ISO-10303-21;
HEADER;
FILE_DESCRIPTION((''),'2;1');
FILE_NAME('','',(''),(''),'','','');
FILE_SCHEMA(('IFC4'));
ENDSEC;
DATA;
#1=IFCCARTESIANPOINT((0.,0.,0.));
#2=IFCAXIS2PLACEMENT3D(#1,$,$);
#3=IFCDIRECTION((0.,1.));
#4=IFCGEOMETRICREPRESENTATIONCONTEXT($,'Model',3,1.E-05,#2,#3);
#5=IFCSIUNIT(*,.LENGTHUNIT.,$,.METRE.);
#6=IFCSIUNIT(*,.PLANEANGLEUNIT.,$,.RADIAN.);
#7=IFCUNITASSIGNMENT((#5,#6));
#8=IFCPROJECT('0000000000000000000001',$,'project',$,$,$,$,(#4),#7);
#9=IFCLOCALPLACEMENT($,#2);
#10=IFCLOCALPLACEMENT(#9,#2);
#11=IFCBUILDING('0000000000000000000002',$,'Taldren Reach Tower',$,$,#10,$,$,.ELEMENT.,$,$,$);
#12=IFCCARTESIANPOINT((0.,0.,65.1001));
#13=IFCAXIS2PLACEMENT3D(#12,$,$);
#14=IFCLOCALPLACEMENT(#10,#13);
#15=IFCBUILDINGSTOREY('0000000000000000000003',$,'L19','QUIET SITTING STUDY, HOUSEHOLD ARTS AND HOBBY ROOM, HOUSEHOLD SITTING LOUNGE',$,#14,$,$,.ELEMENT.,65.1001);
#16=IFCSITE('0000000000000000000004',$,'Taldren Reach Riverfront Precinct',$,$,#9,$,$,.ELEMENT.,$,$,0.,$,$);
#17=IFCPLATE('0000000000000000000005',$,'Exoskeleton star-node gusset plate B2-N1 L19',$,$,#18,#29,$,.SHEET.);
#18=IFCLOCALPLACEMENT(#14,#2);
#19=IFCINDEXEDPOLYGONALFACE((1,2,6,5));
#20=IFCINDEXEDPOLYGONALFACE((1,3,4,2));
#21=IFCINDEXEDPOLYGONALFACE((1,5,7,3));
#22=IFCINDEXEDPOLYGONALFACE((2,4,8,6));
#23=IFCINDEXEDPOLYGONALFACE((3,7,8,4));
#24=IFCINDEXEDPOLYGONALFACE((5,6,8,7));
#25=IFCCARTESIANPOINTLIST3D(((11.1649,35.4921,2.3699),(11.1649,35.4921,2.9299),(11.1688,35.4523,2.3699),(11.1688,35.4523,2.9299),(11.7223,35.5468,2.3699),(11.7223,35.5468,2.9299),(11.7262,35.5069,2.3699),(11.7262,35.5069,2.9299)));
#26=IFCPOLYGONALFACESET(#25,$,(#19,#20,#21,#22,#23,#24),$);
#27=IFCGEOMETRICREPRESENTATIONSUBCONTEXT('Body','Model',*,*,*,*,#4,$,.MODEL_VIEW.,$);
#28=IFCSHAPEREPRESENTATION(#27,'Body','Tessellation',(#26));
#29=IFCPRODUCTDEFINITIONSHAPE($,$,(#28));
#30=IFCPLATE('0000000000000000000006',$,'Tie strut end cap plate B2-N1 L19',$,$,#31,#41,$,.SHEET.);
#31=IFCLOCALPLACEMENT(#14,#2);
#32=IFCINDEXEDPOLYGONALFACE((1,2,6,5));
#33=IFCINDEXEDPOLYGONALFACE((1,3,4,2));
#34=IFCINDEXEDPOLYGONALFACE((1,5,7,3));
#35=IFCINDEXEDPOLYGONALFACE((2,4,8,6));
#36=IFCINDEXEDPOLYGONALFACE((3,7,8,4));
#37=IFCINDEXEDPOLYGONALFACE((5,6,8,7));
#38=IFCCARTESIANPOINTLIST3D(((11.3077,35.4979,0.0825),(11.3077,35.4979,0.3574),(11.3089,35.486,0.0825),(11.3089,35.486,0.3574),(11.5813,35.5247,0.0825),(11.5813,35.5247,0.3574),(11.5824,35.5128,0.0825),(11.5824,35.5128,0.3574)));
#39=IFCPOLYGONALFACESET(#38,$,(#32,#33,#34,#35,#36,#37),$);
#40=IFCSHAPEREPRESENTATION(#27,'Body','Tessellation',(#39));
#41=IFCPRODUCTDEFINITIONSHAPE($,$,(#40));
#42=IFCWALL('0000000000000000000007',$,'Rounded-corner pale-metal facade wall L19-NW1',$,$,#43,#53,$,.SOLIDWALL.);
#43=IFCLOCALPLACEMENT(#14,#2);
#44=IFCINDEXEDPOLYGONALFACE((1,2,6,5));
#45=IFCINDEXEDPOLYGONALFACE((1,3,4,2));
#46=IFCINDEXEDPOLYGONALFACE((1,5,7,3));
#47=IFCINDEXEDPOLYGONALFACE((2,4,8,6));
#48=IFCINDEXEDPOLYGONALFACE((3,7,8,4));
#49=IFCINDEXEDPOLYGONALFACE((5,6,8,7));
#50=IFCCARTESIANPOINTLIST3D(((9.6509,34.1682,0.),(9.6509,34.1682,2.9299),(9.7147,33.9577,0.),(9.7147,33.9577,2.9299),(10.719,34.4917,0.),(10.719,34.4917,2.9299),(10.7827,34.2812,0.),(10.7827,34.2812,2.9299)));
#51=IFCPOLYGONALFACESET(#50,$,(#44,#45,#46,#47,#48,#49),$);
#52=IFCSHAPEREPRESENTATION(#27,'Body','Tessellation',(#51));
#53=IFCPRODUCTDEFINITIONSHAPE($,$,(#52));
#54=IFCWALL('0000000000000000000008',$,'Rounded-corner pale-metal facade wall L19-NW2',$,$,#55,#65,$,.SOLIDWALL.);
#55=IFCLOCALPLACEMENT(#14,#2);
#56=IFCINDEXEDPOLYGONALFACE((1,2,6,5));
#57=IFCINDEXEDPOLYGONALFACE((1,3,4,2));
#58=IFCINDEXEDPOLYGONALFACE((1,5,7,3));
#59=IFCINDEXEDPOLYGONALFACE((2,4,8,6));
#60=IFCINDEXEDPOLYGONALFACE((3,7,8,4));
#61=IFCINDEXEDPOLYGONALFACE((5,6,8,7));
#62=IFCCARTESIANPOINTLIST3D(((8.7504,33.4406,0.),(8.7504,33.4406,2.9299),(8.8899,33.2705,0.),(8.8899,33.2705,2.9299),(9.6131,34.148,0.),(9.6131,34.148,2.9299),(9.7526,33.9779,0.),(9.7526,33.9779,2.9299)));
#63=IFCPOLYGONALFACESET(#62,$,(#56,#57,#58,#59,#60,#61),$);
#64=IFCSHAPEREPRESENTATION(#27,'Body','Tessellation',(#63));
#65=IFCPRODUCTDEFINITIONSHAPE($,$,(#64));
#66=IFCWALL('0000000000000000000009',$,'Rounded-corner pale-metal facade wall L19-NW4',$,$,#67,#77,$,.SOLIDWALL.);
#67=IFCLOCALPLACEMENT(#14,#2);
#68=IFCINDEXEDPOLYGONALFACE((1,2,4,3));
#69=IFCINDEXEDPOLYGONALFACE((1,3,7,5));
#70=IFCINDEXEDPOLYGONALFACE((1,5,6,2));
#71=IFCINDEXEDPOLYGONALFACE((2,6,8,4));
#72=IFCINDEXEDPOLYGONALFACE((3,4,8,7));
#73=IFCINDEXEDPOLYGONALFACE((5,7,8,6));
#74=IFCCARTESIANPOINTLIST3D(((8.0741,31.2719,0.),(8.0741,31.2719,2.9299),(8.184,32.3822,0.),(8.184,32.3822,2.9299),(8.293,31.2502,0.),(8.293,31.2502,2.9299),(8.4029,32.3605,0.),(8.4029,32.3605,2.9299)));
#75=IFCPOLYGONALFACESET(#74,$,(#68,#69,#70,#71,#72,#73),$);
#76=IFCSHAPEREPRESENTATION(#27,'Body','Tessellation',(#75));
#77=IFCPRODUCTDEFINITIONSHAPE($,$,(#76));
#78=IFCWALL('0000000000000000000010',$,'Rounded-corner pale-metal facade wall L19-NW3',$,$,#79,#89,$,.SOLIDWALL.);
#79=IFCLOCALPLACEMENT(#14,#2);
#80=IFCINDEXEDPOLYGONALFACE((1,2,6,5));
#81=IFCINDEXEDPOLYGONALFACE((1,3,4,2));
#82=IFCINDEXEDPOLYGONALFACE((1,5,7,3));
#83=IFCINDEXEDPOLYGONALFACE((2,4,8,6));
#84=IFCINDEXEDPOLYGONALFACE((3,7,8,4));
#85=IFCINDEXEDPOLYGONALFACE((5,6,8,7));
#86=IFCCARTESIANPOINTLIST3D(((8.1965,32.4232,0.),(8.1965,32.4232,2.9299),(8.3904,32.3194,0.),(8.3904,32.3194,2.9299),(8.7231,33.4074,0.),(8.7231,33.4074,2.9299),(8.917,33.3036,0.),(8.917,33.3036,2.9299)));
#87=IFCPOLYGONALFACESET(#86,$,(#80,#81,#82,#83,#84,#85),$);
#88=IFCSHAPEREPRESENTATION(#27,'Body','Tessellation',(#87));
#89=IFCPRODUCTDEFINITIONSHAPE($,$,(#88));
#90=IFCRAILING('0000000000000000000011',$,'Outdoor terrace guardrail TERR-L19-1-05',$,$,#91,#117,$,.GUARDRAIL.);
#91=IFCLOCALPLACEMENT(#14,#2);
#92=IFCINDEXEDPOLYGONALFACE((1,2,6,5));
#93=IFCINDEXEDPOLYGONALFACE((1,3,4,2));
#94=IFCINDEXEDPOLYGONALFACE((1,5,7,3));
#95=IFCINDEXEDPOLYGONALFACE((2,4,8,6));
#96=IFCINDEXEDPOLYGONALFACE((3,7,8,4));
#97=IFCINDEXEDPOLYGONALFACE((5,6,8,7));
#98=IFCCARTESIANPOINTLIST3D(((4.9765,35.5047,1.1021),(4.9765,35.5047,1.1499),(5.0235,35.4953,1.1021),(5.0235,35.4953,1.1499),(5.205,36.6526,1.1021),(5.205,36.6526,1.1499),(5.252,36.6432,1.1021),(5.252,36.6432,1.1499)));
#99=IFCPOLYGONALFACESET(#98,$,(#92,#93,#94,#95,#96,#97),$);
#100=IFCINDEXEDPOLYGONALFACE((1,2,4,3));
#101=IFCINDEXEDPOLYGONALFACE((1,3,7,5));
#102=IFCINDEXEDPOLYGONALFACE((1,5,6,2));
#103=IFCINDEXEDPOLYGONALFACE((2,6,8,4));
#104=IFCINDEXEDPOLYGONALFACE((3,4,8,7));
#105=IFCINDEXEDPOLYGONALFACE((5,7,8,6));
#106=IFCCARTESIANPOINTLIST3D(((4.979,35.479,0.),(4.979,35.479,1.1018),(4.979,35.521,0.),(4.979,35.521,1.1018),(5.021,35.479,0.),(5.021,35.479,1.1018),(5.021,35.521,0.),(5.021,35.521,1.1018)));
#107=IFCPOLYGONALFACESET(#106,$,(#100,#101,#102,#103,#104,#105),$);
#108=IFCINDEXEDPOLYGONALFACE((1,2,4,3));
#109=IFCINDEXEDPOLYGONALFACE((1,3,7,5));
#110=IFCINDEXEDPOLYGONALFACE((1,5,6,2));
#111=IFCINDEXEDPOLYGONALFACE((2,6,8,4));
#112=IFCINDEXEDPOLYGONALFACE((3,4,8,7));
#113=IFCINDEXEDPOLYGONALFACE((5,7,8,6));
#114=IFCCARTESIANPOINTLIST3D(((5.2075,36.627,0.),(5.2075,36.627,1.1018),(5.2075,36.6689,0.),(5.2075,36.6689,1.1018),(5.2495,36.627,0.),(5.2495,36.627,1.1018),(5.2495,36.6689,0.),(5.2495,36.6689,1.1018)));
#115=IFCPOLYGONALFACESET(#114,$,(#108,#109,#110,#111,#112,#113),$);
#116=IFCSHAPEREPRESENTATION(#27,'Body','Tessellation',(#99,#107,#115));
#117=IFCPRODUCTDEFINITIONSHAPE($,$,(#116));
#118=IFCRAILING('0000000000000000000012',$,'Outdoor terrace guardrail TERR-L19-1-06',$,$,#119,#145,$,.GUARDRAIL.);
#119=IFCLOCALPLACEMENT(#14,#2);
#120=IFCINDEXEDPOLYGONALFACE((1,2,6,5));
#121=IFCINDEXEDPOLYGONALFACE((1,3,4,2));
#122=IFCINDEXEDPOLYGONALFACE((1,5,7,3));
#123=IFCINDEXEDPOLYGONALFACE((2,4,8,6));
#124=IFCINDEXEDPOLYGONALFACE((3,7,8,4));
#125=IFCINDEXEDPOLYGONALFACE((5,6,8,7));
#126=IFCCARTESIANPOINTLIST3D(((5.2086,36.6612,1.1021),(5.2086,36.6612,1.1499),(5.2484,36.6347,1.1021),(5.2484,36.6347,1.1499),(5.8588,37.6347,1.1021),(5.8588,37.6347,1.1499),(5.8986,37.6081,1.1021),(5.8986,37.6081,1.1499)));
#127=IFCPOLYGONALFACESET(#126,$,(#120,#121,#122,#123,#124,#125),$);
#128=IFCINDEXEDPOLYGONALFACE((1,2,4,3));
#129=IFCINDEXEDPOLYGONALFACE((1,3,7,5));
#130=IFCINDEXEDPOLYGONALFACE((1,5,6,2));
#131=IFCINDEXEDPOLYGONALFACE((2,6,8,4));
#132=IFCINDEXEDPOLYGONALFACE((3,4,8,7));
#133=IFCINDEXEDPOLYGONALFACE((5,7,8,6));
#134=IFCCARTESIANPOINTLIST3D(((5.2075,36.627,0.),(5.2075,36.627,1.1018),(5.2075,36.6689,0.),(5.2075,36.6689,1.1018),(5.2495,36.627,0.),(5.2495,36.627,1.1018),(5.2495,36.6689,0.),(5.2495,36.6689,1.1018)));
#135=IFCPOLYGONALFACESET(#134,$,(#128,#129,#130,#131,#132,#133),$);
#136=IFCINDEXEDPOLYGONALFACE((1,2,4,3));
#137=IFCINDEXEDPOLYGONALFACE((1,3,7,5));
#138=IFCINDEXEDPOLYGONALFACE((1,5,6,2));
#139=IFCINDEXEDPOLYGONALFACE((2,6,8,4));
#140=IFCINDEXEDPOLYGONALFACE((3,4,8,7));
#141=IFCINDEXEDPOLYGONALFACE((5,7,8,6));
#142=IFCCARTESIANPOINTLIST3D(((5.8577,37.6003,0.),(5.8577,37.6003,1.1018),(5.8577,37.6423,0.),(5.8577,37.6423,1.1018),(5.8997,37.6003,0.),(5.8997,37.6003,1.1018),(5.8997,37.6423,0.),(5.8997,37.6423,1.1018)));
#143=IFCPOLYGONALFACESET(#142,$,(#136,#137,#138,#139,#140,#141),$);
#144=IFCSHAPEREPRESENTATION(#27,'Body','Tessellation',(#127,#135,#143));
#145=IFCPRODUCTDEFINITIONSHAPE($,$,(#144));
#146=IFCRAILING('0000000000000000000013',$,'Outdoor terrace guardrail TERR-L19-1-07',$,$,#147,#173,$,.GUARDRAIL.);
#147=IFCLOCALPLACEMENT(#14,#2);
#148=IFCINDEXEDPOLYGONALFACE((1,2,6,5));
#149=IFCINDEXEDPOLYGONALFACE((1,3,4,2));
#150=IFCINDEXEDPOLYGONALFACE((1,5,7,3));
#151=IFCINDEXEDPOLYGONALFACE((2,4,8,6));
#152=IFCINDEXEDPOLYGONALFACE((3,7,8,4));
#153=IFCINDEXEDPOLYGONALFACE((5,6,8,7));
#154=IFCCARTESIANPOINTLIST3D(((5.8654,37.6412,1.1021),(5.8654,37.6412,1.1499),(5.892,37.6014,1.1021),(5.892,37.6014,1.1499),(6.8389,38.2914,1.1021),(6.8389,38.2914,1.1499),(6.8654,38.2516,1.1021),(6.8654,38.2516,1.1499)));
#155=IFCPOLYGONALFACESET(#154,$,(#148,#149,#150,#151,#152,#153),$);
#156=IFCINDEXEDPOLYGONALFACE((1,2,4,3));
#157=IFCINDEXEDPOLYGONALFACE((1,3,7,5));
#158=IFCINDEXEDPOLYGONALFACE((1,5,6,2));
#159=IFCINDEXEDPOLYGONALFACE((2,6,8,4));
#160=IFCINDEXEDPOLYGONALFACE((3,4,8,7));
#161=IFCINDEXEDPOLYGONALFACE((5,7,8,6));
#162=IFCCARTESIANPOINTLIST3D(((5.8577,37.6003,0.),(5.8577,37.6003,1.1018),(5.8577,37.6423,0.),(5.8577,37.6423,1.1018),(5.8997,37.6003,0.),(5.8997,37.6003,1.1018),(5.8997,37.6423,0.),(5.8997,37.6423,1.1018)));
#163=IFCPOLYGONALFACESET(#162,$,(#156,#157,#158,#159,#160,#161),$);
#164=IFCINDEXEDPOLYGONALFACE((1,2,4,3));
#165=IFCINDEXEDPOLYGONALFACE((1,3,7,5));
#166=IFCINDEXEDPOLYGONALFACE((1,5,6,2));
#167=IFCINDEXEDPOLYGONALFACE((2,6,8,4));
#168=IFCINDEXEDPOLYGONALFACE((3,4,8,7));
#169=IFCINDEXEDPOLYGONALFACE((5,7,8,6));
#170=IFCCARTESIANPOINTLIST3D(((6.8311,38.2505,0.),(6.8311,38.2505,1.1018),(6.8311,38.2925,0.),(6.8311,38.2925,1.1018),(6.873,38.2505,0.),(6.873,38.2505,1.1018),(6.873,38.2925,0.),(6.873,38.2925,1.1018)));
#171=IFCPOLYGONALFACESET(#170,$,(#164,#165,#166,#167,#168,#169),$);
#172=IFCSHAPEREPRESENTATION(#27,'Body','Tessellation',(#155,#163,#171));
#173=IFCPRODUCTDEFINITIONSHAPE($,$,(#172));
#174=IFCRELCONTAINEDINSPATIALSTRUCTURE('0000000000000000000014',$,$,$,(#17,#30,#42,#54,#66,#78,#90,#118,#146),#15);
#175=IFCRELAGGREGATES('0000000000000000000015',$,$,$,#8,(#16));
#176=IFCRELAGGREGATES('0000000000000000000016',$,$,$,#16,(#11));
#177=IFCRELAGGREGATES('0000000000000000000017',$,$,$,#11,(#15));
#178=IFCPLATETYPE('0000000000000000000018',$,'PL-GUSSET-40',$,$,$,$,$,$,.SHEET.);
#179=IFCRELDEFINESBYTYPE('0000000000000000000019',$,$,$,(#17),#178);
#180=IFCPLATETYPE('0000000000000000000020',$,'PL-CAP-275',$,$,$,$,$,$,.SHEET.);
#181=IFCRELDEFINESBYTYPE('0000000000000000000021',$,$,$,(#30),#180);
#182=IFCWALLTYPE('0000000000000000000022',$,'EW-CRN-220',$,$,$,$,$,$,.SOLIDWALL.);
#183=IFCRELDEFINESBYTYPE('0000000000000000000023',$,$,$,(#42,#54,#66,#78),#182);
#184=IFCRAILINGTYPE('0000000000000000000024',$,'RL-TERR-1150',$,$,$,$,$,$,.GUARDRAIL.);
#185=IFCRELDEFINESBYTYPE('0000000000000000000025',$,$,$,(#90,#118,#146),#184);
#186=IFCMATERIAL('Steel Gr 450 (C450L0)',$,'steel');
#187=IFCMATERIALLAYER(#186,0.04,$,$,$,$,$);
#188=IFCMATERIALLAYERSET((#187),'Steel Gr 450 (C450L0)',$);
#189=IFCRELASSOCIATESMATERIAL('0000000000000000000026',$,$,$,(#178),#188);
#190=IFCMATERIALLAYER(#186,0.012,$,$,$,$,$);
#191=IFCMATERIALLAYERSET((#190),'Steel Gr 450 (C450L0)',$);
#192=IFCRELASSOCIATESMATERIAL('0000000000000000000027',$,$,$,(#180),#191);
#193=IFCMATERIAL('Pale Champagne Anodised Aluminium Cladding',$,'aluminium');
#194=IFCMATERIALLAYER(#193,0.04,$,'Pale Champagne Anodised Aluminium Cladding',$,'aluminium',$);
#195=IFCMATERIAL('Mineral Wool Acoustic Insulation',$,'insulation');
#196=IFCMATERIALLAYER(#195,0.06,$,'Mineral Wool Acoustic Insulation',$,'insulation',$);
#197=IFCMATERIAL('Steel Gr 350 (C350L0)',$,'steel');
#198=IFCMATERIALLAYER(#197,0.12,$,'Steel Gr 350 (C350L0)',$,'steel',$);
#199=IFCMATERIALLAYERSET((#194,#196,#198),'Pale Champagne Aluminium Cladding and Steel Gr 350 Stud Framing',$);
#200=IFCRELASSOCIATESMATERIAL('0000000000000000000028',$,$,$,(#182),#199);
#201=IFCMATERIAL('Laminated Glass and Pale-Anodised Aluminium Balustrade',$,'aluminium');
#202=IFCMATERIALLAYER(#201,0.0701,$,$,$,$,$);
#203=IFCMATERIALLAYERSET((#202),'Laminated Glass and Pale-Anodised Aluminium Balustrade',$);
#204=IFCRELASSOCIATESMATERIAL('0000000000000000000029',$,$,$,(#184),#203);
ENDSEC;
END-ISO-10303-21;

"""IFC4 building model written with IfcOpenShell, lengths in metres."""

from ifc_helpers import new_model, si_unit, direction, frame, frame_2d, origin, origin_2d, place, context, subcontext, project, spatial, rectangle, extrude, source, transform, mapped, material, layer, layer_set, type_object, element, save


model = new_model("IFC4")

# Units and contexts
model_context = context("Model", 3, precision=1e-05, world=origin(), true_north=direction((0.0, 1.0)))
body_context = subcontext(model_context, "Body", "Model", "MODEL_VIEW")
ifc_project = project(units=[si_unit("LENGTHUNIT", "METRE"), si_unit("PLANEANGLEUNIT", "RADIAN")], contexts=[model_context])

# Site, building, storey
site_placement = place(None, origin())
site = spatial("IfcSite", under=ifc_project, at=site_placement, Name="Taldren Reach Riverfront Precinct", CompositionType="ELEMENT", RefElevation=0.0)
building_placement = place(site_placement, origin())
building = spatial("IfcBuilding", under=site, at=building_placement, Name="Taldren Reach Tower", CompositionType="ELEMENT")
storey_placement = place(building_placement, frame((0.0, 0.0, 65.1001)))
storey = spatial("IfcBuildingStorey", under=building, at=storey_placement, Name="L19", Description="QUIET SITTING STUDY, HOUSEHOLD ARTS AND HOBBY ROOM, HOUSEHOLD SITTING LOUNGE", CompositionType="ELEMENT", Elevation=65.1001)

# Shared definitions
ifc_material_1 = material(Name="Steel Gr 450 (C450L0)", Category="steel")
ifc_material_2 = material(Name="Steel Gr 350 (C350L0)", Category="steel")

# Plates
ifc_layer_1 = layer(ifc_material_1, 0.04)
ifc_layer_set_1 = layer_set([ifc_layer_1], Name="Steel Gr 450 (C450L0)")
plate_type_1 = type_object("IfcPlateType", Name="PL-GUSSET-40", PredefinedType="SHEET", material=ifc_layer_set_1)
shared_shape_1 = source(origin(), body_context, "Body", "SweptSolid", [
    extrude(rectangle(XDim=0.5601, YDim=0.04, at=origin_2d()), origin(), (0.0, 0.0, 1.0), 0.5601),
])
plate_1_placement = place(storey_placement, frame((11.4456, 35.4995, 2.3699), z_axis=(0.0, 0.0, 1.0), x_axis=(0.995227, 0.097583, 0.0)))
element("IfcPlate", 1, at=plate_1_placement, inside=storey, type_object=plate_type_1, Name="Exoskeleton star-node gusset plate B2-N1 L19", PredefinedType="SHEET", context=body_context, shape_type="MappedRepresentation", body=[
    mapped(shared_shape_1, transform((0.0, 0.0, 0.0), scale=1.0)),
])
ifc_layer_2 = layer(ifc_material_1, 0.012)
ifc_layer_set_2 = layer_set([ifc_layer_2], Name="Steel Gr 450 (C450L0)")
plate_type_2 = type_object("IfcPlateType", Name="PL-CAP-275", PredefinedType="SHEET", material=ifc_layer_set_2)
shared_shape_2 = source(origin(), body_context, "Body", "SweptSolid", [
    extrude(rectangle(XDim=0.2749, YDim=0.012, at=origin_2d()), origin(), (0.0, 0.0, 1.0), 0.2749),
])
plate_2_placement = place(storey_placement, frame((11.4451, 35.5054, 0.0825), z_axis=(0.0, 0.0, 1.0), x_axis=(0.995227, 0.097583, 0.0)))
element("IfcPlate", 2, at=plate_2_placement, inside=storey, type_object=plate_type_2, Name="Tie strut end cap plate B2-N1 L19", PredefinedType="SHEET", context=body_context, shape_type="MappedRepresentation", body=[
    mapped(shared_shape_2, transform((0.0, 0.0, 0.0), scale=1.0)),
])

# Walls
ifc_material_3 = material(Name="Pale Champagne Anodised Aluminium Cladding", Category="aluminium")
ifc_layer_3 = layer(ifc_material_3, 0.04, Name="Pale Champagne Anodised Aluminium Cladding", Category="aluminium")
ifc_material_4 = material(Name="Mineral Wool Acoustic Insulation", Category="insulation")
ifc_layer_4 = layer(ifc_material_4, 0.06, Name="Mineral Wool Acoustic Insulation", Category="insulation")
ifc_layer_5 = layer(ifc_material_2, 0.12, Name="Steel Gr 350 (C350L0)", Category="steel")
ifc_layer_set_3 = layer_set([ifc_layer_3, ifc_layer_4, ifc_layer_5], Name="Pale Champagne Aluminium Cladding and Steel Gr 350 Stud Framing")
wall_type = type_object("IfcWallType", Name="EW-CRN-220", PredefinedType="SOLIDWALL", material=ifc_layer_set_3)
shared_shape_3 = source(origin(), body_context, "Body", "SweptSolid", [
    extrude(rectangle(XDim=1.116, YDim=0.22, at=frame_2d((0.5581, 0.0))), origin(), (0.0, 0.0, 1.0), 2.9299),
])
wall_1_placement = place(storey_placement, frame((10.751, 34.3865, 0.0), z_axis=(0.0, 0.0, 1.0), x_axis=(-0.95707, -0.289856, 0.0)))
element("IfcWall", 3, at=wall_1_placement, inside=storey, type_object=wall_type, Name="Rounded-corner pale-metal facade wall L19-NW1", PredefinedType="SOLIDWALL", context=body_context, shape_type="MappedRepresentation", body=[
    mapped(shared_shape_3, transform((0.0, 0.0, 0.0), scale=1.0)),
])
shared_shape_4 = source(origin(), body_context, "Body", "SweptSolid", [
    extrude(rectangle(XDim=1.1157, YDim=0.22, at=frame_2d((0.5579, 0.0))), origin(), (0.0, 0.0, 1.0), 2.9299),
])
for number, where, z_axis, x_axis, name in (
    (4, (9.6829, 34.063, 0.0), (0.0, 0.0, 1.0), (-0.773255, -0.634095, 0.0), "Rounded-corner pale-metal facade wall L19-NW2"),
    (5, (8.2935, 32.3713, 0.0), (0.0, 0.0, 1.0), (-0.098464, -0.995141, 0.0), "Rounded-corner pale-metal facade wall L19-NW4"),
):
    element("IfcWall", number, at=place(storey_placement, frame(where, z_axis=z_axis, x_axis=x_axis)), inside=storey, type_object=wall_type, Name=name, PredefinedType="SOLIDWALL", context=body_context, shape_type="MappedRepresentation", body=[
        mapped(shared_shape_4, transform((0.0, 0.0, 0.0), scale=1.0)),
    ])
shared_shape_5 = source(origin(), body_context, "Body", "SweptSolid", [
    extrude(rectangle(XDim=1.1162, YDim=0.22, at=frame_2d((0.5581, 0.0))), origin(), (0.0, 0.0, 1.0), 2.9299),
])
wall_2_placement = place(storey_placement, frame((8.8201, 33.3555, 0.0), z_axis=(0.0, 0.0, 1.0), x_axis=(-0.471803, -0.881704, 0.0)))
element("IfcWall", 6, at=wall_2_placement, inside=storey, type_object=wall_type, Name="Rounded-corner pale-metal facade wall L19-NW3", PredefinedType="SOLIDWALL", context=body_context, shape_type="MappedRepresentation", body=[
    mapped(shared_shape_5, transform((0.0, 0.0, 0.0), scale=1.0)),
])

# Railings
ifc_material_5 = material(Name="Laminated Glass and Pale-Anodised Aluminium Balustrade", Category="aluminium")
ifc_layer_6 = layer(ifc_material_5, 0.0701)
ifc_layer_set_4 = layer_set([ifc_layer_6], Name="Laminated Glass and Pale-Anodised Aluminium Balustrade")
railing_type = type_object("IfcRailingType", Name="RL-TERR-1150", PredefinedType="GUARDRAIL", material=ifc_layer_set_4)
railing_1_placement = place(storey_placement, frame((5.0, 35.5, 0.0)))
element("IfcRailing", 7, at=railing_1_placement, inside=storey, type_object=railing_type, Name="Outdoor terrace guardrail TERR-L19-1-05", PredefinedType="GUARDRAIL", context=body_context, shape_type="SweptSolid", body=[
    extrude(rectangle(XDim=0.0479, YDim=0.0479, at=origin_2d()), frame((0.0, 0.0, 1.126), z_axis=(0.195234, 0.980757, 0.0), x_axis=(-0.980757, 0.195234, 0.0)), (0.0, 0.0, 1.0), 1.1704),
    extrude(rectangle(XDim=0.042, YDim=0.042, at=origin_2d()), origin(), (0.0, 0.0, 1.0), 1.1018),
    extrude(rectangle(XDim=0.042, YDim=0.042, at=origin_2d()), frame((0.2285, 1.1479, 0.0)), (0.0, 0.0, 1.0), 1.1018),
])
railing_2_placement = place(storey_placement, frame((5.2285, 36.6479, 0.0)))
element("IfcRailing", 8, at=railing_2_placement, inside=storey, type_object=railing_type, Name="Outdoor terrace guardrail TERR-L19-1-06", PredefinedType="GUARDRAIL", context=body_context, shape_type="SweptSolid", body=[
    extrude(rectangle(XDim=0.0479, YDim=0.0479, at=origin_2d()), frame((0.0, 0.0, 1.126), z_axis=(0.555422, 0.831569, 0.0), x_axis=(-0.831569, 0.555422, 0.0)), (0.0, 0.0, 1.0), 1.1707),
    extrude(rectangle(XDim=0.042, YDim=0.042, at=origin_2d()), origin(), (0.0, 0.0, 1.0), 1.1018),
    extrude(rectangle(XDim=0.042, YDim=0.042, at=origin_2d()), frame((0.6501, 0.9734, 0.0)), (0.0, 0.0, 1.0), 1.1018),
])
railing_3_placement = place(storey_placement, frame((5.8787, 37.6213, 0.0)))
element("IfcRailing", 9, at=railing_3_placement, inside=storey, type_object=railing_type, Name="Outdoor terrace guardrail TERR-L19-1-07", PredefinedType="GUARDRAIL", context=body_context, shape_type="SweptSolid", body=[
    extrude(rectangle(XDim=0.0479, YDim=0.0479, at=origin_2d()), frame((0.0, 0.0, 1.126), z_axis=(0.831569, 0.555422, 0.0), x_axis=(-0.555422, 0.831569, 0.0)), (0.0, 0.0, 1.0), 1.1707),
    extrude(rectangle(XDim=0.042, YDim=0.042, at=origin_2d()), origin(), (0.0, 0.0, 1.0), 1.1018),
    extrude(rectangle(XDim=0.042, YDim=0.042, at=origin_2d()), frame((0.9734, 0.6501, 0.0)), (0.0, 0.0, 1.0), 1.1018),
])

save(model, "model.ifc")
